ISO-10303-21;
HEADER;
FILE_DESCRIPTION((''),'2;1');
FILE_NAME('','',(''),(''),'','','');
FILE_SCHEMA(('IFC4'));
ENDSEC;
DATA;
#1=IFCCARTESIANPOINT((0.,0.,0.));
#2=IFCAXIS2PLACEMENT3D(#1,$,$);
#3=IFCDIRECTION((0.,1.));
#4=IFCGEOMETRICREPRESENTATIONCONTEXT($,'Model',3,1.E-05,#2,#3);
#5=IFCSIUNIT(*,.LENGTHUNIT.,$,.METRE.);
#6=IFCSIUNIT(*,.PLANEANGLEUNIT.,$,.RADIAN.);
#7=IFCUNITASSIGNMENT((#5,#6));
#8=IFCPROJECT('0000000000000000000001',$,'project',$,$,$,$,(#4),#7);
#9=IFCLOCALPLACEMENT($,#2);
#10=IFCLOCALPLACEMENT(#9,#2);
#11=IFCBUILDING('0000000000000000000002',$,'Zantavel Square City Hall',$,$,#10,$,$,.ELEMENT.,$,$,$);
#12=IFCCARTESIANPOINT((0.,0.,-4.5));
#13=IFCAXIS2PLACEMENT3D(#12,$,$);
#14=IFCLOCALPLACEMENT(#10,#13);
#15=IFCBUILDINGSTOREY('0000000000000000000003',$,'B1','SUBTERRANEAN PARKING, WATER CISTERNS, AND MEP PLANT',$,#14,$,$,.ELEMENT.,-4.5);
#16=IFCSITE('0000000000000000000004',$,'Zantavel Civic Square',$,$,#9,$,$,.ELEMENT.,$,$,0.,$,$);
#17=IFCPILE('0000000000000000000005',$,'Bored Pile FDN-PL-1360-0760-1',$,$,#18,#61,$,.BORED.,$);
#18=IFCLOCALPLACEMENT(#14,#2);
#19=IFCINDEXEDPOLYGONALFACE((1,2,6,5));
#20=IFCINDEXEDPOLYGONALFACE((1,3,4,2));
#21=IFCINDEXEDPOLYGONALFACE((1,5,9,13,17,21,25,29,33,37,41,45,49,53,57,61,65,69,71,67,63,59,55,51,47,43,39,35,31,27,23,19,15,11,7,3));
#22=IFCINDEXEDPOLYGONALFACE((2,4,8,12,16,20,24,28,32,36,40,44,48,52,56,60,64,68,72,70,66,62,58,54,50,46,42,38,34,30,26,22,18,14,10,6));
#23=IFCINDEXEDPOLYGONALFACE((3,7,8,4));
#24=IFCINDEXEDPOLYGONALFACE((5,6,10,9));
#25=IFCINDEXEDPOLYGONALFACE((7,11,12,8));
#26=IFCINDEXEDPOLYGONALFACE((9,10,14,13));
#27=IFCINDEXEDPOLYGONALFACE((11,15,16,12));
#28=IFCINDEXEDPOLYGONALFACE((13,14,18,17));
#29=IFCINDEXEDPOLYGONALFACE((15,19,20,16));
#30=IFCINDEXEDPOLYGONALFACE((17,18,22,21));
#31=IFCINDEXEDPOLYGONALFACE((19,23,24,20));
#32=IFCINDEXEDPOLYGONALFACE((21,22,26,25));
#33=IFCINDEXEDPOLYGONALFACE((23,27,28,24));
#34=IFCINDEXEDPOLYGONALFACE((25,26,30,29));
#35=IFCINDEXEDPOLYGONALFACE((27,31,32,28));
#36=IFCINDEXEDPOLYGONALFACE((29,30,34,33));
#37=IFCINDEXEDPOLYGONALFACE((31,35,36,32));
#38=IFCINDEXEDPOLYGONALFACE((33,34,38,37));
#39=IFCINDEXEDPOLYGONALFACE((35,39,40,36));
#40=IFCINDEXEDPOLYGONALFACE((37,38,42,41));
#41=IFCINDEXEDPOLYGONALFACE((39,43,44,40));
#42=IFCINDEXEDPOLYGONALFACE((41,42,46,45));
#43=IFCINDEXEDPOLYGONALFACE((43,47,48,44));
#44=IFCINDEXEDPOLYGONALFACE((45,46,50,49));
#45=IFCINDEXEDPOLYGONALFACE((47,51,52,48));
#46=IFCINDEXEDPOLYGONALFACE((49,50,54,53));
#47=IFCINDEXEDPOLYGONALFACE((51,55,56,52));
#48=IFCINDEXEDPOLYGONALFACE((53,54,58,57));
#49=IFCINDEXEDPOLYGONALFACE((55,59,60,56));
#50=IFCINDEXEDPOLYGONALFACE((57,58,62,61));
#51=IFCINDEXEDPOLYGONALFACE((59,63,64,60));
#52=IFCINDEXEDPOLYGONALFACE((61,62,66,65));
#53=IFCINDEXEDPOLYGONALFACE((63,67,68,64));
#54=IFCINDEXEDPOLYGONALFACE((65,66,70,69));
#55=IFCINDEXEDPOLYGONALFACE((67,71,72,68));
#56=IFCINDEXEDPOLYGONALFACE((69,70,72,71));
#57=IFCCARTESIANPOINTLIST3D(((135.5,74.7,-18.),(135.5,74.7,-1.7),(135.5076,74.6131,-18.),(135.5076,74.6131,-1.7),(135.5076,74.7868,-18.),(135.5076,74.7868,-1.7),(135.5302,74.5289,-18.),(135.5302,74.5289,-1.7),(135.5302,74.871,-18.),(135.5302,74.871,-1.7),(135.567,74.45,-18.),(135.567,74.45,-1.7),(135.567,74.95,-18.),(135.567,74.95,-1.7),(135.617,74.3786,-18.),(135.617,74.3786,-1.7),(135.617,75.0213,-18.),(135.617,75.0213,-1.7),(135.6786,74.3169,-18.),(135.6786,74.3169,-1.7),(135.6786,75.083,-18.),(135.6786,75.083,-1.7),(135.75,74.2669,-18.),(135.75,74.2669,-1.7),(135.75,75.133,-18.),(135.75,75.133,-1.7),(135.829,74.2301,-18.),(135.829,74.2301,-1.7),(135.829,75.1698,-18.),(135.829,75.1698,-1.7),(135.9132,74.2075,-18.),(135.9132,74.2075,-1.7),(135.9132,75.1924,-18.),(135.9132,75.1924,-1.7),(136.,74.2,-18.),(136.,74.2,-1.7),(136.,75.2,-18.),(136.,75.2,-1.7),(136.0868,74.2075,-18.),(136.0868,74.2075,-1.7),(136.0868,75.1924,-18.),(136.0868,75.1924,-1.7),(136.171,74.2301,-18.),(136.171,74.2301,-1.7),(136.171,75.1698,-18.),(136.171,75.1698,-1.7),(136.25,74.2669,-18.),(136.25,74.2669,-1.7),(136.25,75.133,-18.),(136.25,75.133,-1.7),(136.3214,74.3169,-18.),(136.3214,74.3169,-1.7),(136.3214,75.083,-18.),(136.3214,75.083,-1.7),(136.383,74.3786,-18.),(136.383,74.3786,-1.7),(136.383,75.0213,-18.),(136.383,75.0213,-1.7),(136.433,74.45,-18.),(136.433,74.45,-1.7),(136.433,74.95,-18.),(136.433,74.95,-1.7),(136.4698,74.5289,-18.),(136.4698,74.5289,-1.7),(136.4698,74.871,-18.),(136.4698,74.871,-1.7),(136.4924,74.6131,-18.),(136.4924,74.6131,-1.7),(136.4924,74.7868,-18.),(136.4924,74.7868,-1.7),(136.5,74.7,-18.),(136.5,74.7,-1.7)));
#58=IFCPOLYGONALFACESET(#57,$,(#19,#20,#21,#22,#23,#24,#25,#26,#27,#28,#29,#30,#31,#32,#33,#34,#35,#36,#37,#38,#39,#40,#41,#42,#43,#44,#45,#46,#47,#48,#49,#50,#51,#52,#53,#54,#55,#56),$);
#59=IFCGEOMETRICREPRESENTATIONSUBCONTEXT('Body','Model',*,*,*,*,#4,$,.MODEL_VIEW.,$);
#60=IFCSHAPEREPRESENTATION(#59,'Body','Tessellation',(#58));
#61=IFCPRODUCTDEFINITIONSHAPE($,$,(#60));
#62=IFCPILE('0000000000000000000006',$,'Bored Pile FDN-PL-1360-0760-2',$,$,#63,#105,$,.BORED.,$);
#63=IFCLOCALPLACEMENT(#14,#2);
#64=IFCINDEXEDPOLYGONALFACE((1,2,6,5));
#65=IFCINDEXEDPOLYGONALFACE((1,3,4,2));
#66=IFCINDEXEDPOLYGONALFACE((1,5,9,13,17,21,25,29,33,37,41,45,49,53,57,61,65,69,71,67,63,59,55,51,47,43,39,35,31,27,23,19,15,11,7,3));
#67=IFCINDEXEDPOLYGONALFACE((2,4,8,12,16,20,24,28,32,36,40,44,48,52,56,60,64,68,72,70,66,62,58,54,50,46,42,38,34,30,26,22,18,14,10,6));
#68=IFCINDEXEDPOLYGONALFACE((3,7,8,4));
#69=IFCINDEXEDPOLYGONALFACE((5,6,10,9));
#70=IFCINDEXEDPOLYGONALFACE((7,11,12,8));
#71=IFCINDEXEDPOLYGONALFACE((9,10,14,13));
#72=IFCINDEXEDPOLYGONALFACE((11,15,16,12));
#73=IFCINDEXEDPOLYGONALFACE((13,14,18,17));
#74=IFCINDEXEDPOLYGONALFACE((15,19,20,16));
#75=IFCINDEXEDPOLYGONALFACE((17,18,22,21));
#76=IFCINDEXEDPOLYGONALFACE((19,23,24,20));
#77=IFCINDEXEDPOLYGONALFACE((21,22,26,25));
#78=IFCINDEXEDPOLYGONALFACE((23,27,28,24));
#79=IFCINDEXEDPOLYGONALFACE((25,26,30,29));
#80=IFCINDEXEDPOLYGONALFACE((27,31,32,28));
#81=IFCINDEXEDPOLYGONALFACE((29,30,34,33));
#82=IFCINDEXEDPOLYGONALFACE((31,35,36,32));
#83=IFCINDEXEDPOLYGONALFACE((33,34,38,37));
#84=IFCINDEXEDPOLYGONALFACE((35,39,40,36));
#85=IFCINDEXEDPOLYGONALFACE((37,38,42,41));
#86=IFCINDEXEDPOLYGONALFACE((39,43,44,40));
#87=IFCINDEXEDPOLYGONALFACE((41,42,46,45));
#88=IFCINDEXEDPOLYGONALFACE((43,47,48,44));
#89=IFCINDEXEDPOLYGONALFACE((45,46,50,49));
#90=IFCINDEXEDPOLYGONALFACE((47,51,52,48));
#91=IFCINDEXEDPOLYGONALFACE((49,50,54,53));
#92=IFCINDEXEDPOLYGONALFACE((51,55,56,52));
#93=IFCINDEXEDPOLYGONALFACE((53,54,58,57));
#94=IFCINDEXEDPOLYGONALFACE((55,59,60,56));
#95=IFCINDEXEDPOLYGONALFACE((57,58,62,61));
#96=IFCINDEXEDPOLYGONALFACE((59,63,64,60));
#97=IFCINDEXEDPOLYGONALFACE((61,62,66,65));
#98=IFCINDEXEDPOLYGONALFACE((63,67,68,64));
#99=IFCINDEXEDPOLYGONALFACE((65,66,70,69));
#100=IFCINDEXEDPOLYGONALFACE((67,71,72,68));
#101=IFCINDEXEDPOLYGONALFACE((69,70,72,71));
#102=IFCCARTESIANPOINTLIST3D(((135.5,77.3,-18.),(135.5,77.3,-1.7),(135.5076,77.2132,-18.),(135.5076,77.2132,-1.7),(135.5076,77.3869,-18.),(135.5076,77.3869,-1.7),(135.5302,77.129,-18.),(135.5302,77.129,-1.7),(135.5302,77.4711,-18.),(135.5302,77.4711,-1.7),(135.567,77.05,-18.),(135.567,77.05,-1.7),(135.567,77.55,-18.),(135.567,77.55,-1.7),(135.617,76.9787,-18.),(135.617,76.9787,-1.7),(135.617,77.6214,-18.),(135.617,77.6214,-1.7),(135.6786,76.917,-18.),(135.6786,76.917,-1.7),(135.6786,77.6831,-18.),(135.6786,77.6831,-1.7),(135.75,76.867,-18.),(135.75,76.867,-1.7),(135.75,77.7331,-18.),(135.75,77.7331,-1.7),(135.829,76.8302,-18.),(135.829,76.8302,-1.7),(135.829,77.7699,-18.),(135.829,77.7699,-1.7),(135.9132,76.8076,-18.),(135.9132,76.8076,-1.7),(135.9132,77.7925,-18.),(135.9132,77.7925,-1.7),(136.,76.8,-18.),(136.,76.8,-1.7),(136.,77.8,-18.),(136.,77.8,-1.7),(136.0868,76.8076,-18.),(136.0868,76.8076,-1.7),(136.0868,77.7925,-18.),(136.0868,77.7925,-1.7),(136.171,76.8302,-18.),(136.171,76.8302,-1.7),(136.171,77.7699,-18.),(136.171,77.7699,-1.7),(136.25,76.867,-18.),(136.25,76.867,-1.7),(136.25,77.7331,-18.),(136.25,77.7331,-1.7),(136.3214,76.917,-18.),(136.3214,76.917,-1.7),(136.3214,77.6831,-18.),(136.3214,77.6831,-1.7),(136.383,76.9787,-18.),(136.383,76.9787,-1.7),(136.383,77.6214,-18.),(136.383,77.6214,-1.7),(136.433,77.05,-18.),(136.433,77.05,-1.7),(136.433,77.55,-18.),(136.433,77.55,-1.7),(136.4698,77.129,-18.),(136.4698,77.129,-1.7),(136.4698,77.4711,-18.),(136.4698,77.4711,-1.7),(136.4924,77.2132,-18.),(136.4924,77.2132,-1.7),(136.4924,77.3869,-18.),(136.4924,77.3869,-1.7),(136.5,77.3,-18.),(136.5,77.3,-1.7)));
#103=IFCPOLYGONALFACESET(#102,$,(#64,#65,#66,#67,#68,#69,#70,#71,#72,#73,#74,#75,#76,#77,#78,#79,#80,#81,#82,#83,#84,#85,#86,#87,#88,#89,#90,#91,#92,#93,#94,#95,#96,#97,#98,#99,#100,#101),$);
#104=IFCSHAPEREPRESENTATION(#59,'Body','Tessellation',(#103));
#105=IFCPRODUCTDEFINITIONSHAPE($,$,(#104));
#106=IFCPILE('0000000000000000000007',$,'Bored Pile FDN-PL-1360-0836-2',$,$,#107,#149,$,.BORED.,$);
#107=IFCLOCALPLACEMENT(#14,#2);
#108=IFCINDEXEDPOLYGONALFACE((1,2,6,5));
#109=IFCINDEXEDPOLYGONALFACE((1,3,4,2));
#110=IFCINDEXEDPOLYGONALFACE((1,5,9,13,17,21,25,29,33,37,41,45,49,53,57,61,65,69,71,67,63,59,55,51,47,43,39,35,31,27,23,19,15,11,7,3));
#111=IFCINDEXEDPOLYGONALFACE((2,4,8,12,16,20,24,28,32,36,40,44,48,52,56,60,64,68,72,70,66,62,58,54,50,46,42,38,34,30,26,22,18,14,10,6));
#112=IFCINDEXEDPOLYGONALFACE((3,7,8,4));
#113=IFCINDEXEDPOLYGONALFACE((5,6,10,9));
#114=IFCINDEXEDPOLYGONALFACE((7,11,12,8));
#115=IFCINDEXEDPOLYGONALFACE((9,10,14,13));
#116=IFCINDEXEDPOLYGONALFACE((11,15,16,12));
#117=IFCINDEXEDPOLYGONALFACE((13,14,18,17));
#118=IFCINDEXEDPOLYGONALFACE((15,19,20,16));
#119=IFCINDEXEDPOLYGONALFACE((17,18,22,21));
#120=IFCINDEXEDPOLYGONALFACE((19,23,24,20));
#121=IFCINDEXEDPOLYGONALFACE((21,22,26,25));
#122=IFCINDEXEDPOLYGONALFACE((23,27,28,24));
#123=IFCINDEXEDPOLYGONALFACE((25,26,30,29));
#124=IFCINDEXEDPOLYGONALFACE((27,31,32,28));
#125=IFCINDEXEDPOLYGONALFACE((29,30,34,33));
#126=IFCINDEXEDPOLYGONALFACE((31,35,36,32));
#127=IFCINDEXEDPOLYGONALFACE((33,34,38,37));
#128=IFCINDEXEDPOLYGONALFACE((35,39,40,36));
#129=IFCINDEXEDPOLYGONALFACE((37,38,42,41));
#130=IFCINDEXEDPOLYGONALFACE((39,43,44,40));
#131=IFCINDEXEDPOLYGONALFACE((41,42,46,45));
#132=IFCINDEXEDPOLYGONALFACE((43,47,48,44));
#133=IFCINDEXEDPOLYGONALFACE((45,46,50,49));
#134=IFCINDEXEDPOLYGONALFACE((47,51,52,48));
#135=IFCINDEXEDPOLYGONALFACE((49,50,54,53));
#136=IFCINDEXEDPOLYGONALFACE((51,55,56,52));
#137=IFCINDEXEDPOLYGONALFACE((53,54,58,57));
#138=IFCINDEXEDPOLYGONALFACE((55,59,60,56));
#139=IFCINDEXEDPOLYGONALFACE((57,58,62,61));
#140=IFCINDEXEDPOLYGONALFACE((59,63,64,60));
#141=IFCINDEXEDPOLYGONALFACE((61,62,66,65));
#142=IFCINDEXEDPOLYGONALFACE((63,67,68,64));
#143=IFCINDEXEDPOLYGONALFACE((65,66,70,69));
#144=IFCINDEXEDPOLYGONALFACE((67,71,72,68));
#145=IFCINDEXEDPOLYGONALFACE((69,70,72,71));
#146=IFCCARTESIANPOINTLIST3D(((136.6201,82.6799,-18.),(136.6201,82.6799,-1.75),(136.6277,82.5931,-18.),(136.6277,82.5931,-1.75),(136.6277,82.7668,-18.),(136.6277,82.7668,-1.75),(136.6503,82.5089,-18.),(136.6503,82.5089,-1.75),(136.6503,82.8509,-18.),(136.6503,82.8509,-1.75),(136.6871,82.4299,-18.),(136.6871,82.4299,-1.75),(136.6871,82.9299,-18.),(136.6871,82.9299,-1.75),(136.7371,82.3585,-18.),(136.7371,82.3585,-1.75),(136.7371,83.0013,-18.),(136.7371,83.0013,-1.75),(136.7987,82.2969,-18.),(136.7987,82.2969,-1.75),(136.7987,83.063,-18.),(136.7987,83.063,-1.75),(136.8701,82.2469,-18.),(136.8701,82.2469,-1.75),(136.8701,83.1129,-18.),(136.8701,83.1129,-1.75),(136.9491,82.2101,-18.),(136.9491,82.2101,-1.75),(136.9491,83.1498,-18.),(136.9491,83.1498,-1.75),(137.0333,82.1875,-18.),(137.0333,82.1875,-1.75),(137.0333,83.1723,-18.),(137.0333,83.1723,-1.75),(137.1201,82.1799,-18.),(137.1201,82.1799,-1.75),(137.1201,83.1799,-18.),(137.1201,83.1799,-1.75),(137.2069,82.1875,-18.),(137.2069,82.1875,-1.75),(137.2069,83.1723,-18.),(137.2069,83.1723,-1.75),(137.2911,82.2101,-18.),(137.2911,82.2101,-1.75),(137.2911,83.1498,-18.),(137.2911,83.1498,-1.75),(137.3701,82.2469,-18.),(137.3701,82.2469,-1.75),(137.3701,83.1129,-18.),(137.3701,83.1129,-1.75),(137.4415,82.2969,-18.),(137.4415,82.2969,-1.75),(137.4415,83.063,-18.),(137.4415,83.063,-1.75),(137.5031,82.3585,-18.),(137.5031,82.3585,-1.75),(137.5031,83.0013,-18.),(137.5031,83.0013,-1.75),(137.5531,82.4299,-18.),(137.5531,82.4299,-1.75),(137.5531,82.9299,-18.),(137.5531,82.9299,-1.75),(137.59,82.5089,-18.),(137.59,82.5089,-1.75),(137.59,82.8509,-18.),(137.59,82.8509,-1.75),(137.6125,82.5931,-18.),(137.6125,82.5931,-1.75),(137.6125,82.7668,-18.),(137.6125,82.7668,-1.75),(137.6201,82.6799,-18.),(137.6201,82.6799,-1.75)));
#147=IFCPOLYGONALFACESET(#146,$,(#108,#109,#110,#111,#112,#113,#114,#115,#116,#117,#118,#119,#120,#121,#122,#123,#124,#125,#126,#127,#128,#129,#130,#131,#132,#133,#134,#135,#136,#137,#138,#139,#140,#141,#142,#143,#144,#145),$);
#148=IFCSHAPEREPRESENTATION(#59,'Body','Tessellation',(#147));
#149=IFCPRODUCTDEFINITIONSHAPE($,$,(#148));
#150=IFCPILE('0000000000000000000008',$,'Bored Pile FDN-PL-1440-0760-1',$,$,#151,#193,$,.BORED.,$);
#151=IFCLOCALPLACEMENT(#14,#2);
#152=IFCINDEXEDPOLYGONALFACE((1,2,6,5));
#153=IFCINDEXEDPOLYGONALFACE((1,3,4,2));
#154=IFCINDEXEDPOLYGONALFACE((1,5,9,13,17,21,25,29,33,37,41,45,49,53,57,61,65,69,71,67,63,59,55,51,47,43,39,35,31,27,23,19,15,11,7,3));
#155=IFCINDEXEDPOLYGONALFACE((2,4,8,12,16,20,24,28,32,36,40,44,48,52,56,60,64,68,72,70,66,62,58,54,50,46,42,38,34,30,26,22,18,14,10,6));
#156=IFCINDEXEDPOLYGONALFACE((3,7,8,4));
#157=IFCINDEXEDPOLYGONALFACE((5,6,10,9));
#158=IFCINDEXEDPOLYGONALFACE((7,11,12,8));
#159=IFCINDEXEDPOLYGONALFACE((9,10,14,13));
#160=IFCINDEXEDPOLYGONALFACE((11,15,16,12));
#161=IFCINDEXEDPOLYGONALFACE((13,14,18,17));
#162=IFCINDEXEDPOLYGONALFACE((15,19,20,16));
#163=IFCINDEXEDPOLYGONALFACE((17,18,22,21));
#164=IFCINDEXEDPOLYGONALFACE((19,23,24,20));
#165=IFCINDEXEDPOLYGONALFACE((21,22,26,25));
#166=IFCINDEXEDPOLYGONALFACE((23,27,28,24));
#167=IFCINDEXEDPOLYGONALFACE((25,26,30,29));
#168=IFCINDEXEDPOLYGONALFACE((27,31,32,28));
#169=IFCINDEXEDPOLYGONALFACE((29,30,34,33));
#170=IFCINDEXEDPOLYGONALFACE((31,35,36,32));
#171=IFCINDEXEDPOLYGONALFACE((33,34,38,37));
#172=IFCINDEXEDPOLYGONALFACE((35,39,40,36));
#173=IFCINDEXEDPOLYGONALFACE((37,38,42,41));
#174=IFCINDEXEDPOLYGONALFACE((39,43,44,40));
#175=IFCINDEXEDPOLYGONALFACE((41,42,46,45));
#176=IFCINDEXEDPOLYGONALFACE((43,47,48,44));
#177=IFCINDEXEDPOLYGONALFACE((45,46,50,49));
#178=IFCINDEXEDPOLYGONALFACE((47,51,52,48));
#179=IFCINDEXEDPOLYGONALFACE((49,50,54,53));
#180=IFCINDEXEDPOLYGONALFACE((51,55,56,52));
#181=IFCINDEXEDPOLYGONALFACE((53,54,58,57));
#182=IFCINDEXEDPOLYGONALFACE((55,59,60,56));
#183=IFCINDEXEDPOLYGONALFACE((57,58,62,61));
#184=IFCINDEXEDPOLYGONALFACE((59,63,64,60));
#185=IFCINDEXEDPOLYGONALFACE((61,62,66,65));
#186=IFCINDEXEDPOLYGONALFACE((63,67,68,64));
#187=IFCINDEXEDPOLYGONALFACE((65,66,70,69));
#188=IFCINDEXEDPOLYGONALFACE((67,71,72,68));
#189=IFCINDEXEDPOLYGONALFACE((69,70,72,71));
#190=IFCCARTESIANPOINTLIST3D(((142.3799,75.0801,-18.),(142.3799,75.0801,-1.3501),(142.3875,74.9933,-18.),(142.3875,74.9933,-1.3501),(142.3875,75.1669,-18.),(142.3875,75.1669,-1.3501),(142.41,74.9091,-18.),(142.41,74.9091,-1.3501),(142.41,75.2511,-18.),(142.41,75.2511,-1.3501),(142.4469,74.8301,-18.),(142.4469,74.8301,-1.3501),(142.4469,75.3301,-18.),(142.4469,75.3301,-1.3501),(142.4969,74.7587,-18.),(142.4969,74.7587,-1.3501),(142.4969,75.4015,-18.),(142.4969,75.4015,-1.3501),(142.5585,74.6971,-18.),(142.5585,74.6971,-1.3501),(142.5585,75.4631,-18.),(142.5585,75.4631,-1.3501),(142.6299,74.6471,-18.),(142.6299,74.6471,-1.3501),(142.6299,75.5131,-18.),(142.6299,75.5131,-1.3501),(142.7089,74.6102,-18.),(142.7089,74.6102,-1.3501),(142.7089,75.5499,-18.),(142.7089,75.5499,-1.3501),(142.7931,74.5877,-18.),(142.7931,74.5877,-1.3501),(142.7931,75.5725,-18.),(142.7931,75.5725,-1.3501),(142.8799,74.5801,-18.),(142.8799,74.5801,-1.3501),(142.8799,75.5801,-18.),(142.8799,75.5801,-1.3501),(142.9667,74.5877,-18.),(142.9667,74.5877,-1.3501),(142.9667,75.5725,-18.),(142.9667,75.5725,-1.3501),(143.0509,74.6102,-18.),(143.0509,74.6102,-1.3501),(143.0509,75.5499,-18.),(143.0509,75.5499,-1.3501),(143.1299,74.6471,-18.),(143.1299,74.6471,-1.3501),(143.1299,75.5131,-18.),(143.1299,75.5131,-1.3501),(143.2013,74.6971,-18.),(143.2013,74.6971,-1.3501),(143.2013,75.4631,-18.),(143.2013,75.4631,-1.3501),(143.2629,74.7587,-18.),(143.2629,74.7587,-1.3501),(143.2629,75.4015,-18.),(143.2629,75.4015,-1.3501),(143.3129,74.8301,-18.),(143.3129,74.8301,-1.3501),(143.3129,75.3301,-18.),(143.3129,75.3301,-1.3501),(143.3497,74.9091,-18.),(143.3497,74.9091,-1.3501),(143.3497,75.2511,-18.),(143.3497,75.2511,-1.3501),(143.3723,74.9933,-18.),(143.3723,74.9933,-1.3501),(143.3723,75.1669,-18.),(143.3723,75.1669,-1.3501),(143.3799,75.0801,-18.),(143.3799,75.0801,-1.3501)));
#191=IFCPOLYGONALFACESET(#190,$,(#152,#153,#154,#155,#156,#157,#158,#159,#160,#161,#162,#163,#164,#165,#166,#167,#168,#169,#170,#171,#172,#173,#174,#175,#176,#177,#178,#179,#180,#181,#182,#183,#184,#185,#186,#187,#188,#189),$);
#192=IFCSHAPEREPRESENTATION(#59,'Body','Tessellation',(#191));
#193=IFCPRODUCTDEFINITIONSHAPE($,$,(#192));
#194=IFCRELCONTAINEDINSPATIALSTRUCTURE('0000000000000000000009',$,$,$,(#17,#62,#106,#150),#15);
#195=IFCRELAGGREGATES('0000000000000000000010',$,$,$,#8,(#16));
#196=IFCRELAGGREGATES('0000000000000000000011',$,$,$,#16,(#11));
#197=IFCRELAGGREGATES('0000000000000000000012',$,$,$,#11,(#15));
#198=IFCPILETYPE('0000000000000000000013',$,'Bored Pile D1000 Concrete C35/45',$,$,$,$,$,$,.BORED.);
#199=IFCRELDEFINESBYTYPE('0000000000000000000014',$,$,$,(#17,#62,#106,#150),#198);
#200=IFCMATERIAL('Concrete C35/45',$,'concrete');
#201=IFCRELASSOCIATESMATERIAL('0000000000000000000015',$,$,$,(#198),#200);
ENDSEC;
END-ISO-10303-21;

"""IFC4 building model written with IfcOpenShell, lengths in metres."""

from ifc_helpers import new_model, si_unit, direction, frame, origin, origin_2d, place, context, subcontext, project, spatial, circle, extrude, material, material_profile, profile_set, type_object, element, save


model = new_model("IFC4")

# Units and contexts
model_context = context("Model", 3, precision=1e-05, world=origin(), true_north=direction((0.0, 1.0)))
body_context = subcontext(model_context, "Body", "Model", "MODEL_VIEW")
ifc_project = project(units=[si_unit("LENGTHUNIT", "METRE"), si_unit("PLANEANGLEUNIT", "RADIAN")], contexts=[model_context])

# Site, building, storey
site_placement = place(None, origin())
site = spatial("IfcSite", under=ifc_project, at=site_placement, Name="Zantavel Civic Square", CompositionType="ELEMENT", RefElevation=0.0)
building_placement = place(site_placement, origin())
building = spatial("IfcBuilding", under=site, at=building_placement, Name="Zantavel Square City Hall", CompositionType="ELEMENT")
storey_placement = place(building_placement, frame((0.0, 0.0, -4.5)))
storey = spatial("IfcBuildingStorey", under=building, at=storey_placement, Name="B1", Description="SUBTERRANEAN PARKING, WATER CISTERNS, AND MEP PLANT", CompositionType="ELEMENT", Elevation=-4.5)

# Piles
ifc_material_1 = material(Name="Concrete C35/45", Category="concrete")
ifc_material_profile_1 = material_profile(ifc_material_1, circle(Radius=0.5, at=origin_2d()), Name="PILE D1000")
ifc_profile_set_1 = profile_set([ifc_material_profile_1], Name="Concrete C35/45")
pile_type = type_object("IfcPileType", Name="Bored Pile D1000 Concrete C35/45", PredefinedType="BORED", material=ifc_profile_set_1)
for number, where, z_axis, x_axis, name in (
    (1, (136.0, 74.7, -1.7), (0.0, 0.0, -1.0), (1.0, 0.0, 0.0), "Bored Pile FDN-PL-1360-0760-1"),
    (2, (136.0, 77.3, -1.7), (0.0, 0.0, -1.0), (1.0, 0.0, 0.0), "Bored Pile FDN-PL-1360-0760-2"),
):
    element("IfcPile", number, at=place(storey_placement, frame(where, z_axis=z_axis, x_axis=x_axis)), inside=storey, type_object=pile_type, Name=name, PredefinedType="BORED", context=body_context, shape_type="SweptSolid", body=[
        extrude(circle(Radius=0.5, at=origin_2d()), origin(), (0.0, 0.0, 1.0), 16.3),
    ])
pile_1_placement = place(storey_placement, frame((137.1201, 82.6799, -1.75), z_axis=(0.0, 0.0, -1.0), x_axis=(1.0, 0.0, 0.0)))
element("IfcPile", 3, at=pile_1_placement, inside=storey, type_object=pile_type, Name="Bored Pile FDN-PL-1360-0836-2", PredefinedType="BORED", context=body_context, shape_type="SweptSolid", body=[
    extrude(circle(Radius=0.5, at=origin_2d()), origin(), (0.0, 0.0, 1.0), 16.25),
])
pile_2_placement = place(storey_placement, frame((142.8799, 75.0801, -1.3501), z_axis=(0.0, 0.0, -1.0), x_axis=(1.0, 0.0, 0.0)))
element("IfcPile", 4, at=pile_2_placement, inside=storey, type_object=pile_type, Name="Bored Pile FDN-PL-1440-0760-1", PredefinedType="BORED", context=body_context, shape_type="SweptSolid", body=[
    extrude(circle(Radius=0.5, at=origin_2d()), origin(), (0.0, 0.0, 1.0), 16.6499),
])

save(model, "model.ifc")
